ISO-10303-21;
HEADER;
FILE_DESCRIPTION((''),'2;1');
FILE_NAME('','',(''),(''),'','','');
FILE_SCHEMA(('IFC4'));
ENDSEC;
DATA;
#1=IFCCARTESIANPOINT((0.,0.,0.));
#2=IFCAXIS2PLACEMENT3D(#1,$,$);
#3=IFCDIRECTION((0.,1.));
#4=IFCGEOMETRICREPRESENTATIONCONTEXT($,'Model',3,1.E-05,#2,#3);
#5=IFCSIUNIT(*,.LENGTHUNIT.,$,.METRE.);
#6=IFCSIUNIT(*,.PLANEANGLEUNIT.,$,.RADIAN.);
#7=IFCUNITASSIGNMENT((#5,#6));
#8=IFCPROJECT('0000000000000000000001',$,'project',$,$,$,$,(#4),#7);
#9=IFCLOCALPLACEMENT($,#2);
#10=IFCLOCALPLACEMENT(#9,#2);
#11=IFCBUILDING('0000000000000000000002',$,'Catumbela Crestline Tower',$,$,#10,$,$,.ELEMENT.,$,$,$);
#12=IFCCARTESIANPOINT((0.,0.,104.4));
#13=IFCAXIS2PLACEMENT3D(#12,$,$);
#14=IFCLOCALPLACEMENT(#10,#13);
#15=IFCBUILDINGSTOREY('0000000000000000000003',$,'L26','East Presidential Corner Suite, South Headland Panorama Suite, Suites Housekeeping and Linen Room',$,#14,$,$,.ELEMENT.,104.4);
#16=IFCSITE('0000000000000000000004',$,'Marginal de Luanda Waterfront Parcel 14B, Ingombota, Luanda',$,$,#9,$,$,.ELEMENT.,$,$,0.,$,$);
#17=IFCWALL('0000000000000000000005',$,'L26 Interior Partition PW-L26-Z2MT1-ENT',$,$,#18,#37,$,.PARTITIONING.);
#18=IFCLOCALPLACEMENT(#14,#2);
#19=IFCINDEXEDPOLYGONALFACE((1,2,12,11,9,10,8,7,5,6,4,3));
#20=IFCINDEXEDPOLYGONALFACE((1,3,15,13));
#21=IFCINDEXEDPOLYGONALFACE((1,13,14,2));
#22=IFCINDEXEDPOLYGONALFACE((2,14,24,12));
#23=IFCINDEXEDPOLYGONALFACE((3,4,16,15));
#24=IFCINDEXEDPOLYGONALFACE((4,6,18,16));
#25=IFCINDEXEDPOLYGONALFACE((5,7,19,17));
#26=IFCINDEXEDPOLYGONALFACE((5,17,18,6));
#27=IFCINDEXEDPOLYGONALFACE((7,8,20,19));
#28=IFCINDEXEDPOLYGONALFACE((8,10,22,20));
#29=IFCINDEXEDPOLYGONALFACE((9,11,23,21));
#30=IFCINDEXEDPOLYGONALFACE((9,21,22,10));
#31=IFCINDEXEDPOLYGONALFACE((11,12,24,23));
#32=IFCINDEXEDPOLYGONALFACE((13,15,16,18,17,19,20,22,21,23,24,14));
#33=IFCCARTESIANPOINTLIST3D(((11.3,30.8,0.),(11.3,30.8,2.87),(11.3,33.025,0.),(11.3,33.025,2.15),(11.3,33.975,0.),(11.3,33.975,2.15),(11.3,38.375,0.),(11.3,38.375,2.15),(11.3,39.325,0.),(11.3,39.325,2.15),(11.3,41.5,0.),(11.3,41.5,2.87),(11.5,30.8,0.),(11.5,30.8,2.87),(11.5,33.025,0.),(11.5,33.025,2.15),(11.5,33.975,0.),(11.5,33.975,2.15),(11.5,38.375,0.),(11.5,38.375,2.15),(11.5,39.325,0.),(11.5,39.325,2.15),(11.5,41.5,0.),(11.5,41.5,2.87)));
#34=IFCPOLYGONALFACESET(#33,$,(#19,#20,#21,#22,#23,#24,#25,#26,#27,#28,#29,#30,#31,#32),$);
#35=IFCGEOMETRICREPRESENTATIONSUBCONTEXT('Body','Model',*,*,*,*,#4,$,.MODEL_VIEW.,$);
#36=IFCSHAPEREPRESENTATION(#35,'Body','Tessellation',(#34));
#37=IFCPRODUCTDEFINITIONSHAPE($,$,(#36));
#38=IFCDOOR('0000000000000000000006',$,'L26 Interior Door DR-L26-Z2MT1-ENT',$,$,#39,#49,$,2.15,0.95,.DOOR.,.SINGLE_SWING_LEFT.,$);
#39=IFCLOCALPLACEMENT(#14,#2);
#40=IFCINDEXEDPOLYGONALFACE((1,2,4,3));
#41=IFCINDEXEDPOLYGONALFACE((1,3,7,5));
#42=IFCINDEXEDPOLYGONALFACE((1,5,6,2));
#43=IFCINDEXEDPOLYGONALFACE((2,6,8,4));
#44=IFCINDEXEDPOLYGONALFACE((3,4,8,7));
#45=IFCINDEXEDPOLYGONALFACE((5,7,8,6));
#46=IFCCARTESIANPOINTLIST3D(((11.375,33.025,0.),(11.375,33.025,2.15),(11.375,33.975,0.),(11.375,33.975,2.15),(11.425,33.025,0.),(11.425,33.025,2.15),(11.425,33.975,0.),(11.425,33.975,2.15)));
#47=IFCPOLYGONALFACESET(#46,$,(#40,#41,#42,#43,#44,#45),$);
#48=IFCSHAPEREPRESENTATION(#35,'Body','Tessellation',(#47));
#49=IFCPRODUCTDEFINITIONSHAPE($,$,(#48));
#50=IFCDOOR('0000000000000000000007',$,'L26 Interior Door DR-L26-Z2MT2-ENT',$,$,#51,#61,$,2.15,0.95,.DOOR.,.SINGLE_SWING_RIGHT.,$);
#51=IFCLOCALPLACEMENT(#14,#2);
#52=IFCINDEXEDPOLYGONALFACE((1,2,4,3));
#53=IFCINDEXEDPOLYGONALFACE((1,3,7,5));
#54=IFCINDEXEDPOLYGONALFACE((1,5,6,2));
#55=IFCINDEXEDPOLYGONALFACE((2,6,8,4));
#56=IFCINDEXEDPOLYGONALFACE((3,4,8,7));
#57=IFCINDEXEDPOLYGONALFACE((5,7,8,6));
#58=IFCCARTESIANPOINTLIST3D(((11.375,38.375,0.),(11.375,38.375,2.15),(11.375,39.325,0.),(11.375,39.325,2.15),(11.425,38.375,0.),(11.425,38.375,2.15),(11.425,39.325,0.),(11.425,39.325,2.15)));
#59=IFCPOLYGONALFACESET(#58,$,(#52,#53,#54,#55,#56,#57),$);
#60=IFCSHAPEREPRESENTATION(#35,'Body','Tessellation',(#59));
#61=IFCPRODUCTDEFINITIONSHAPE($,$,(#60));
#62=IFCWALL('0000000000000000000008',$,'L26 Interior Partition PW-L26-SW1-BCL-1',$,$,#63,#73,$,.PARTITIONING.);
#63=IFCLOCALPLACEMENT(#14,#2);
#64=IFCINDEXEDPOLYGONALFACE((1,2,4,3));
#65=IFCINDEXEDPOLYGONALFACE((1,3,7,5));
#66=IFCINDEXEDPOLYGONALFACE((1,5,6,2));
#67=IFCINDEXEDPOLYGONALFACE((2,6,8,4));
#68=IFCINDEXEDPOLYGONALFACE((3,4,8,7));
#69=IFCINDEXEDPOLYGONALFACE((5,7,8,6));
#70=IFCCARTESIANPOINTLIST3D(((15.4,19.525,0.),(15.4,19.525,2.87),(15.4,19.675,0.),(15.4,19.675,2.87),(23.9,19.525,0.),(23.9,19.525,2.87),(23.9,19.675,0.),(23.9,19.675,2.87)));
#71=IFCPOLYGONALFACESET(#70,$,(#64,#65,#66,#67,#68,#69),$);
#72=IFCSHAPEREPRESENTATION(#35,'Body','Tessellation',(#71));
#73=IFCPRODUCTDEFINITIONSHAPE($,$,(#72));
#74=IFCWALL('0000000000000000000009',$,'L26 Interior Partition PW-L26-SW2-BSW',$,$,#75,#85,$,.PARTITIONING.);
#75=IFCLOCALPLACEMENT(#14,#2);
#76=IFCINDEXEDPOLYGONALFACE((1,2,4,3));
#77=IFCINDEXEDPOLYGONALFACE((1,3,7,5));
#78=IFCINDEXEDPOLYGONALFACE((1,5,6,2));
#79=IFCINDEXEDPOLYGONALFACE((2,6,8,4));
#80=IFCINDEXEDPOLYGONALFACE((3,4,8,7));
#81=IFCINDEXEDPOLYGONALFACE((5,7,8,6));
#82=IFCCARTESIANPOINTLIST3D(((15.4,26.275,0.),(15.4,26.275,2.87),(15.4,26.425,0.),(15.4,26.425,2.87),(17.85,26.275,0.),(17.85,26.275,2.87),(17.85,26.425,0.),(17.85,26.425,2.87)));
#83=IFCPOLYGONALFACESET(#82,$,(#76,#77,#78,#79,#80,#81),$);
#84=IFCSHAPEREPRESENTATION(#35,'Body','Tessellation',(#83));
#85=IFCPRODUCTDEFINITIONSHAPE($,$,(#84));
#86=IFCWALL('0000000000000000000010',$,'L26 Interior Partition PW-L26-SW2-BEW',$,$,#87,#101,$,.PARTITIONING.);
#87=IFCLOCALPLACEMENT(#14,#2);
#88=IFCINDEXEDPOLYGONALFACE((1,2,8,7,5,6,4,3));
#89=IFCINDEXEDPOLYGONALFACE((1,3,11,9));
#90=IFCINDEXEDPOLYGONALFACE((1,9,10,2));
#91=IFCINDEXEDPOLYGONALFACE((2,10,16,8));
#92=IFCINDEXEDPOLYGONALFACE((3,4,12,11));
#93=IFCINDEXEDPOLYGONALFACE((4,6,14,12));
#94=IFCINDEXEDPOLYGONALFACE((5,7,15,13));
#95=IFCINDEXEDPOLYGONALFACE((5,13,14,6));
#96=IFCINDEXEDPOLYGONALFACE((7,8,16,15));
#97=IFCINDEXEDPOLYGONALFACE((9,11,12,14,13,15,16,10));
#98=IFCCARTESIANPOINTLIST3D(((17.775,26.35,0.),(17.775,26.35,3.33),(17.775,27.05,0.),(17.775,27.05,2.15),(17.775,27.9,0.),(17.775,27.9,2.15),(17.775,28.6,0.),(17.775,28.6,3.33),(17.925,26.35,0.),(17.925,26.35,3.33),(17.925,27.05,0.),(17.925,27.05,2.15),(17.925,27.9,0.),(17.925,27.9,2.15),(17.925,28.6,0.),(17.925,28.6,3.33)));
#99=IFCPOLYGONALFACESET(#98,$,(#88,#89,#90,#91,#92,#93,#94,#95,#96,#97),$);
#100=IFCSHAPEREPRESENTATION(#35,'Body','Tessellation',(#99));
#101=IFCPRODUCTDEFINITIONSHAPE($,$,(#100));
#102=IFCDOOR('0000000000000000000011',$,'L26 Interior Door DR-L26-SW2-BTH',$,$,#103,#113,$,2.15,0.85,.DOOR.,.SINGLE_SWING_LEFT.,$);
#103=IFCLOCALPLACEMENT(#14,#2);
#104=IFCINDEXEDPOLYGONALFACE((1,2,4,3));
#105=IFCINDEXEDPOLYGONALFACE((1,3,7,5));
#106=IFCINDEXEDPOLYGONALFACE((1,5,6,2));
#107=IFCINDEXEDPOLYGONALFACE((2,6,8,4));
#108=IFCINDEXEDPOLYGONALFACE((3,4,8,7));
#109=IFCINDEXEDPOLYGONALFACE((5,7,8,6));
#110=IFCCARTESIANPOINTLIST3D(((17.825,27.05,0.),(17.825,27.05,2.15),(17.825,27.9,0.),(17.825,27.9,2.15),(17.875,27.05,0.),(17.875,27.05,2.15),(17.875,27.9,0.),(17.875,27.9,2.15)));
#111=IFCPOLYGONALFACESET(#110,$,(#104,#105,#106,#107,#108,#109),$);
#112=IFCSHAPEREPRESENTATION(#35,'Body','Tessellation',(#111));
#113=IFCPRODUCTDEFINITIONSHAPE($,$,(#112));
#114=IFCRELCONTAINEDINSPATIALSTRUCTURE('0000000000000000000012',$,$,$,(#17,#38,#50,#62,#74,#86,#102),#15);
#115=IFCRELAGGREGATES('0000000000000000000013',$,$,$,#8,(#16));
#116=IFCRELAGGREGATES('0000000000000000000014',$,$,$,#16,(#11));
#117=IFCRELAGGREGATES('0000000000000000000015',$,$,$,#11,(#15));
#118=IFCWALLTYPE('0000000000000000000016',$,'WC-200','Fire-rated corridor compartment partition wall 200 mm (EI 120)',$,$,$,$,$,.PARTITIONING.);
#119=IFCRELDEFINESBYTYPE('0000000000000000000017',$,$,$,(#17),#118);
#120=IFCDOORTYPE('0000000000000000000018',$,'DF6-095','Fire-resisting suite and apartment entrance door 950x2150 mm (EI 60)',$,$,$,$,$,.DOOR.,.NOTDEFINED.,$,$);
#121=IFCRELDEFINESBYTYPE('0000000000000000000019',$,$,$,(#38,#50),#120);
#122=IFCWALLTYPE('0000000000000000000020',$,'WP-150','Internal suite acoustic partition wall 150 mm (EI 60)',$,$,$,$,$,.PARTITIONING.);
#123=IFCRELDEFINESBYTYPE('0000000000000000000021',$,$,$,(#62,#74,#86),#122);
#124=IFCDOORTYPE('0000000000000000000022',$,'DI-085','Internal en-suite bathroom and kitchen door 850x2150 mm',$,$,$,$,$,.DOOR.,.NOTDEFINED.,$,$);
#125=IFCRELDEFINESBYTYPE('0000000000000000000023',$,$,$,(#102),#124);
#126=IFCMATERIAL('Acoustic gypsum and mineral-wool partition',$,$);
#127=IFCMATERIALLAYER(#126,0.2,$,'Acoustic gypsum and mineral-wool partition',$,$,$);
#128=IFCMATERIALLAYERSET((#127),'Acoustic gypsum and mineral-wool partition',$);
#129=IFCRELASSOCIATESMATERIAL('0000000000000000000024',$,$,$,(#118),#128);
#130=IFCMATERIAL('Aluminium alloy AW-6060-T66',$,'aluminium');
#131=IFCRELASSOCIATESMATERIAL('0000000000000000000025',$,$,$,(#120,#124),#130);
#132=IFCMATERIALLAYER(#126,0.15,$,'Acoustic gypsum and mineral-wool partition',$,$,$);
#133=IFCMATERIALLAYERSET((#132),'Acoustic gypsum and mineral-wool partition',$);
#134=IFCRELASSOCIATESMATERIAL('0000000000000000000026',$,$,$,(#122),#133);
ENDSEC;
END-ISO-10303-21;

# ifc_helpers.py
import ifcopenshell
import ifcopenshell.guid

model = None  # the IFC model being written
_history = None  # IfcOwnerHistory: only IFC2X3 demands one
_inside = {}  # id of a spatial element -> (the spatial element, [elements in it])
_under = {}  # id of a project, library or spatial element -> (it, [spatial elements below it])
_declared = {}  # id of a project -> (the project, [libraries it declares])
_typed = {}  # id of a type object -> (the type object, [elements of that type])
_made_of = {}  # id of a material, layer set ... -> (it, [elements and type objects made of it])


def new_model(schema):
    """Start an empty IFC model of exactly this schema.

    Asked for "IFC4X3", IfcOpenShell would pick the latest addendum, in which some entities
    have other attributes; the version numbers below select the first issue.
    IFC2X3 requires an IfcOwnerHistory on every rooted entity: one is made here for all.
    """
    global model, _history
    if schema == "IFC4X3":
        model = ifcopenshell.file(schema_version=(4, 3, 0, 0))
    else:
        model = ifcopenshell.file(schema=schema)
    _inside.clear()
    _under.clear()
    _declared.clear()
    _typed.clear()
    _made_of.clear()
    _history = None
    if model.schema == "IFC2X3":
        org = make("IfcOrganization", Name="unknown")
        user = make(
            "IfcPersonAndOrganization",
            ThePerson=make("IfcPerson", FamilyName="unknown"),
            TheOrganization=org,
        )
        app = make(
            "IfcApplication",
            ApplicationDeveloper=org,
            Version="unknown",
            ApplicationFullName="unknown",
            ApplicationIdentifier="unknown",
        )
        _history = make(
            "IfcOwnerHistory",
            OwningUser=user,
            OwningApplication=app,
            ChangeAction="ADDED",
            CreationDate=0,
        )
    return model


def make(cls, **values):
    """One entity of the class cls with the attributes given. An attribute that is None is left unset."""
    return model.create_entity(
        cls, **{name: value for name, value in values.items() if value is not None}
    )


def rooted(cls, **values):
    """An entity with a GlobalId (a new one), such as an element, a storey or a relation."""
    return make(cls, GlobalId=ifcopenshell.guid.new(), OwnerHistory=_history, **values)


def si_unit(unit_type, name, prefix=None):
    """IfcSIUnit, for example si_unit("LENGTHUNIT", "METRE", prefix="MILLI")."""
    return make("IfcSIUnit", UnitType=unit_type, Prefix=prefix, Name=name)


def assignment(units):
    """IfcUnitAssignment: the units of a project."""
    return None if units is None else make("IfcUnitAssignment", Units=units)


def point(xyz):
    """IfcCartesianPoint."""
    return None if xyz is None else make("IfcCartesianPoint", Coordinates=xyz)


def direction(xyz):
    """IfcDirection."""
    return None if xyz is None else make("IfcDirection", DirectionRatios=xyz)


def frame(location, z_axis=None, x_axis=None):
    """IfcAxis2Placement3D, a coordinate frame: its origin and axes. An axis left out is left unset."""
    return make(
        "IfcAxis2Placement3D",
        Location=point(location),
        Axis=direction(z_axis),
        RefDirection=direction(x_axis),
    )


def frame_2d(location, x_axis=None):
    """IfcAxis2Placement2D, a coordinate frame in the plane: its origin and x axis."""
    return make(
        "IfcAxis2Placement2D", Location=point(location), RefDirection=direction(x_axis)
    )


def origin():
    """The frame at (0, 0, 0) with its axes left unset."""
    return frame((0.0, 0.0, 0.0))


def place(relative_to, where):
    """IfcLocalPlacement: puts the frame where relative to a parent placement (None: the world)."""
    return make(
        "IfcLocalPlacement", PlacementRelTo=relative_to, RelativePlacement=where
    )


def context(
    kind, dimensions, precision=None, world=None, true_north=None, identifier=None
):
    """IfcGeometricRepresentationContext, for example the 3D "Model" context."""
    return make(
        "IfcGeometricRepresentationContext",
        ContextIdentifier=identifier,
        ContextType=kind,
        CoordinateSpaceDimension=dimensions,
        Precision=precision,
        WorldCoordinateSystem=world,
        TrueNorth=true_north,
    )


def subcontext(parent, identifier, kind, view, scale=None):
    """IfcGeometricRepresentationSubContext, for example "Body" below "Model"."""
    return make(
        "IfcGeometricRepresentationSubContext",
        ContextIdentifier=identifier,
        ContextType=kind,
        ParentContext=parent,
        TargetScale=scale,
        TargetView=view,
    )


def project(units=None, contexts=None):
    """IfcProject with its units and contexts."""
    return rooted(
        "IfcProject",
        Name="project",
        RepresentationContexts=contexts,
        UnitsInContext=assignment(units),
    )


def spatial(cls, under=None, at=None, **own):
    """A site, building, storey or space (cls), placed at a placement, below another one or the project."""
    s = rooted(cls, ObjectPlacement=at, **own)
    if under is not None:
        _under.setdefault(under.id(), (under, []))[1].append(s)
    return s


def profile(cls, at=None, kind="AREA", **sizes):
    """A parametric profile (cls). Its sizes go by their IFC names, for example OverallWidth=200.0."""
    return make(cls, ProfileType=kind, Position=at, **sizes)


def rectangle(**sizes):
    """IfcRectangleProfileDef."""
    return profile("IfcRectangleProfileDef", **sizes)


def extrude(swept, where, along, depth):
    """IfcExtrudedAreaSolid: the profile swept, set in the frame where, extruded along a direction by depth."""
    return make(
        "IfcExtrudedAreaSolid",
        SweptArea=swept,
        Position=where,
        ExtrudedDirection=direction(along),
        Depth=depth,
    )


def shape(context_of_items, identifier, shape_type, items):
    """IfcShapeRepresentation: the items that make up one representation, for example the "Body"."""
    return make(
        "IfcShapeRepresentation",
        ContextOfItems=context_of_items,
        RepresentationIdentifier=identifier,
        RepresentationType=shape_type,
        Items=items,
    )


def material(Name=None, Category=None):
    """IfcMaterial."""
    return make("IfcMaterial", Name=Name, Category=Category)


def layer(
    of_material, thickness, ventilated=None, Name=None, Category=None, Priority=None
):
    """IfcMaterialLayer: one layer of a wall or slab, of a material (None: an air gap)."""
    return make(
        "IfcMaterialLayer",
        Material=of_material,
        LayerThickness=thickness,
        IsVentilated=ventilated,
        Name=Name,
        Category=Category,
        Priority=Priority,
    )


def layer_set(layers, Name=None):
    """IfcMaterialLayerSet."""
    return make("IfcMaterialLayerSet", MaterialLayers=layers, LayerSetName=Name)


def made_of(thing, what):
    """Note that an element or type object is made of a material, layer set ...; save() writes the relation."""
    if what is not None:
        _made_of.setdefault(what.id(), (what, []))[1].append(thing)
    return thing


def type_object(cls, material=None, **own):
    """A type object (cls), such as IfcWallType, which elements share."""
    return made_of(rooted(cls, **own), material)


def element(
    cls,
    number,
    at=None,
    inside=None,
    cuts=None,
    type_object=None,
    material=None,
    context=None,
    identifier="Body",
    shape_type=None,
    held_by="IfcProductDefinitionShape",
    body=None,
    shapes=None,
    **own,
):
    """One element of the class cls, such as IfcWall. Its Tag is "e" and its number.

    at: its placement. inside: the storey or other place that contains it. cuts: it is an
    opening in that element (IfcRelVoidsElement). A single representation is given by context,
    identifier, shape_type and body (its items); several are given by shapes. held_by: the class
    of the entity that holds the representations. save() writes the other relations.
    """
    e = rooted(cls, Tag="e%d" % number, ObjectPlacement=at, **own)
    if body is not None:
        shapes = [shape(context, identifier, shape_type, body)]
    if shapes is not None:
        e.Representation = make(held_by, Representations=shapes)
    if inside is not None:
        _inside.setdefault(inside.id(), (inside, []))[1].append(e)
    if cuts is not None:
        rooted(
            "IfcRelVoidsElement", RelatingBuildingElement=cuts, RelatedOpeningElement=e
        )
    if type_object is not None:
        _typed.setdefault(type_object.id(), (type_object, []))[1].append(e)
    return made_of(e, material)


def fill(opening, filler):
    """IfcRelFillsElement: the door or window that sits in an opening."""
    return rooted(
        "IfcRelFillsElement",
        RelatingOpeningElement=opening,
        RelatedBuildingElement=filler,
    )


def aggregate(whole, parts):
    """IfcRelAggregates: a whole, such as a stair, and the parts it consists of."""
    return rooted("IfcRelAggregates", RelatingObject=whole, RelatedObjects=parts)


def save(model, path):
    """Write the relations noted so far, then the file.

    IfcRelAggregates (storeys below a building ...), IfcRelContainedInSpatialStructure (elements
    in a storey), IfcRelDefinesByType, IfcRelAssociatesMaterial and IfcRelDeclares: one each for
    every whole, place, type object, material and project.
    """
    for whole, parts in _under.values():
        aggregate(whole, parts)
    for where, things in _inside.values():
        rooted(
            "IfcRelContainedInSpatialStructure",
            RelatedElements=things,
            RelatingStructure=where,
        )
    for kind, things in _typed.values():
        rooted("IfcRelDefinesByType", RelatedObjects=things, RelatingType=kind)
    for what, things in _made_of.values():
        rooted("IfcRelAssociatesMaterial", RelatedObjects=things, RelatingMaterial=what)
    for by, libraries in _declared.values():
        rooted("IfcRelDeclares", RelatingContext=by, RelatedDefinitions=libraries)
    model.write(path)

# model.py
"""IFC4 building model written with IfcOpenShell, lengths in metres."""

from ifc_helpers import new_model, si_unit, direction, frame, frame_2d, origin, place, context, subcontext, project, spatial, rectangle, extrude, material, layer, layer_set, type_object, element, fill, save


model = new_model("IFC4")

# Units and contexts
model_context = context("Model", 3, precision=1e-05, world=origin(), true_north=direction((0.0, 1.0)))
body_context = subcontext(model_context, "Body", "Model", "MODEL_VIEW")
ifc_project = project(units=[si_unit("LENGTHUNIT", "METRE"), si_unit("PLANEANGLEUNIT", "RADIAN")], contexts=[model_context])

# Site, building, storey
site_placement = place(None, origin())
site = spatial("IfcSite", under=ifc_project, at=site_placement, Name="Marginal de Luanda Waterfront Parcel 14B, Ingombota, Luanda", CompositionType="ELEMENT", RefElevation=0.0)
building_placement = place(site_placement, origin())
building = spatial("IfcBuilding", under=site, at=building_placement, Name="Catumbela Crestline Tower", CompositionType="ELEMENT")
storey_placement = place(building_placement, frame((0.0, 0.0, 104.4)))
storey = spatial("IfcBuildingStorey", under=building, at=storey_placement, Name="L26", Description="East Presidential Corner Suite, South Headland Panorama Suite, Suites Housekeeping and Linen Room", CompositionType="ELEMENT", Elevation=104.4)

# Shared definitions
ifc_material_1 = material(Name="Acoustic gypsum and mineral-wool partition")
ifc_layer_1 = layer(ifc_material_1, 0.2, Name="Acoustic gypsum and mineral-wool partition")
ifc_layer_set_1 = layer_set([ifc_layer_1], Name="Acoustic gypsum and mineral-wool partition")
wall_type_1 = type_object("IfcWallType", Name="WC-200", Description="Fire-rated corridor compartment partition wall 200 mm (EI 120)", PredefinedType="PARTITIONING", material=ifc_layer_set_1)
ifc_material_2 = material(Name="Aluminium alloy AW-6060-T66", Category="aluminium")
door_type_1 = type_object("IfcDoorType", Name="DF6-095", Description="Fire-resisting suite and apartment entrance door 950x2150 mm (EI 60)", OperationType="NOTDEFINED", PredefinedType="DOOR", material=ifc_material_2)

# Wall, openings, doors
wall_1_placement = place(storey_placement, frame((11.4, 30.8, 0.0), z_axis=(0.0, 0.0, 1.0), x_axis=(0.0, 1.0, 0.0)))
wall_1 = element("IfcWall", 1, at=wall_1_placement, inside=storey, type_object=wall_type_1, Name="L26 Interior Partition PW-L26-Z2MT1-ENT", PredefinedType="PARTITIONING", context=body_context, shape_type="SweptSolid", body=[
    extrude(rectangle(XDim=10.7, YDim=0.2, at=frame_2d((5.35, 0.0))), origin(), (0.0, 0.0, 1.0), 2.87),
])
opening_1_placement = place(wall_1_placement, frame((2.225, 0.0, 0.0)))
opening_1 = element("IfcOpeningElement", 2, at=opening_1_placement, cuts=wall_1, PredefinedType="OPENING", context=body_context, shape_type="SweptSolid", body=[
    extrude(rectangle(XDim=0.95, YDim=2.15, at=frame_2d((0.475, 1.075))), frame((0.0, 0.11, 0.0), z_axis=(0.0, -1.0, 0.0), x_axis=(1.0, 0.0, 0.0)), (0.0, 0.0, 1.0), 0.22),
])
opening_2_placement = place(wall_1_placement, frame((7.575, 0.0, 0.0)))
opening_2 = element("IfcOpeningElement", 3, at=opening_2_placement, cuts=wall_1, PredefinedType="OPENING", context=body_context, shape_type="SweptSolid", body=[
    extrude(rectangle(XDim=0.95, YDim=2.15, at=frame_2d((0.475, 1.075))), frame((0.0, 0.11, 0.0), z_axis=(0.0, -1.0, 0.0), x_axis=(1.0, 0.0, 0.0)), (0.0, 0.0, 1.0), 0.22),
])
door_1_placement = place(opening_1_placement, origin())
door_1 = element("IfcDoor", 4, at=door_1_placement, inside=storey, type_object=door_type_1, Name="L26 Interior Door DR-L26-Z2MT1-ENT", OperationType="SINGLE_SWING_LEFT", OverallHeight=2.15, OverallWidth=0.95, PredefinedType="DOOR", context=body_context, shape_type="SweptSolid", body=[
    extrude(rectangle(XDim=0.95, YDim=2.15, at=frame_2d((0.475, 1.075))), frame((0.0, 0.025, 0.0), z_axis=(0.0, -1.0, 0.0), x_axis=(1.0, 0.0, 0.0)), (0.0, 0.0, 1.0), 0.05),
])
fill(opening_1, door_1)
door_2_placement = place(opening_2_placement, origin())
door_2 = element("IfcDoor", 5, at=door_2_placement, inside=storey, type_object=door_type_1, Name="L26 Interior Door DR-L26-Z2MT2-ENT", OperationType="SINGLE_SWING_RIGHT", OverallHeight=2.15, OverallWidth=0.95, PredefinedType="DOOR", context=body_context, shape_type="SweptSolid", body=[
    extrude(rectangle(XDim=0.95, YDim=2.15, at=frame_2d((0.475, 1.075))), frame((0.0, 0.025, 0.0), z_axis=(0.0, -1.0, 0.0), x_axis=(1.0, 0.0, 0.0)), (0.0, 0.0, 1.0), 0.05),
])
fill(opening_2, door_2)

# Walls
ifc_layer_2 = layer(ifc_material_1, 0.15, Name="Acoustic gypsum and mineral-wool partition")
ifc_layer_set_2 = layer_set([ifc_layer_2], Name="Acoustic gypsum and mineral-wool partition")
wall_type_2 = type_object("IfcWallType", Name="WP-150", Description="Internal suite acoustic partition wall 150 mm (EI 60)", PredefinedType="PARTITIONING", material=ifc_layer_set_2)
wall_2_placement = place(storey_placement, frame((15.4, 19.6, 0.0), z_axis=(0.0, 0.0, 1.0), x_axis=(1.0, 0.0, 0.0)))
element("IfcWall", 6, at=wall_2_placement, inside=storey, type_object=wall_type_2, Name="L26 Interior Partition PW-L26-SW1-BCL-1", PredefinedType="PARTITIONING", context=body_context, shape_type="SweptSolid", body=[
    extrude(rectangle(XDim=8.5, YDim=0.15, at=frame_2d((4.25, 0.0))), origin(), (0.0, 0.0, 1.0), 2.87),
])
wall_3_placement = place(storey_placement, frame((15.4, 26.35, 0.0), z_axis=(0.0, 0.0, 1.0), x_axis=(1.0, 0.0, 0.0)))
element("IfcWall", 7, at=wall_3_placement, inside=storey, type_object=wall_type_2, Name="L26 Interior Partition PW-L26-SW2-BSW", PredefinedType="PARTITIONING", context=body_context, shape_type="SweptSolid", body=[
    extrude(rectangle(XDim=2.45, YDim=0.15, at=frame_2d((1.225, 0.0))), origin(), (0.0, 0.0, 1.0), 2.87),
])

# Wall, opening, door
wall_4_placement = place(storey_placement, frame((17.85, 26.35, 0.0), z_axis=(0.0, 0.0, 1.0), x_axis=(0.0, 1.0, 0.0)))
wall_4 = element("IfcWall", 8, at=wall_4_placement, inside=storey, type_object=wall_type_2, Name="L26 Interior Partition PW-L26-SW2-BEW", PredefinedType="PARTITIONING", context=body_context, shape_type="SweptSolid", body=[
    extrude(rectangle(XDim=2.25, YDim=0.15, at=frame_2d((1.125, 0.0))), origin(), (0.0, 0.0, 1.0), 3.33),
])
opening_3_placement = place(wall_4_placement, frame((0.7, 0.0, 0.0)))
opening_3 = element("IfcOpeningElement", 9, at=opening_3_placement, cuts=wall_4, PredefinedType="OPENING", context=body_context, shape_type="SweptSolid", body=[
    extrude(rectangle(XDim=0.85, YDim=2.15, at=frame_2d((0.425, 1.075))), frame((0.0, 0.085, 0.0), z_axis=(0.0, -1.0, 0.0), x_axis=(1.0, 0.0, 0.0)), (0.0, 0.0, 1.0), 0.17),
])
door_type_2 = type_object("IfcDoorType", Name="DI-085", Description="Internal en-suite bathroom and kitchen door 850x2150 mm", OperationType="NOTDEFINED", PredefinedType="DOOR", material=ifc_material_2)
door_3_placement = place(opening_3_placement, origin())
door_3 = element("IfcDoor", 10, at=door_3_placement, inside=storey, type_object=door_type_2, Name="L26 Interior Door DR-L26-SW2-BTH", OperationType="SINGLE_SWING_LEFT", OverallHeight=2.15, OverallWidth=0.85, PredefinedType="DOOR", context=body_context, shape_type="SweptSolid", body=[
    extrude(rectangle(XDim=0.85, YDim=2.15, at=frame_2d((0.425, 1.075))), frame((0.0, 0.025, 0.0), z_axis=(0.0, -1.0, 0.0), x_axis=(1.0, 0.0, 0.0)), (0.0, 0.0, 1.0), 0.05),
])
fill(opening_3, door_3)

save(model, "model.ifc")
